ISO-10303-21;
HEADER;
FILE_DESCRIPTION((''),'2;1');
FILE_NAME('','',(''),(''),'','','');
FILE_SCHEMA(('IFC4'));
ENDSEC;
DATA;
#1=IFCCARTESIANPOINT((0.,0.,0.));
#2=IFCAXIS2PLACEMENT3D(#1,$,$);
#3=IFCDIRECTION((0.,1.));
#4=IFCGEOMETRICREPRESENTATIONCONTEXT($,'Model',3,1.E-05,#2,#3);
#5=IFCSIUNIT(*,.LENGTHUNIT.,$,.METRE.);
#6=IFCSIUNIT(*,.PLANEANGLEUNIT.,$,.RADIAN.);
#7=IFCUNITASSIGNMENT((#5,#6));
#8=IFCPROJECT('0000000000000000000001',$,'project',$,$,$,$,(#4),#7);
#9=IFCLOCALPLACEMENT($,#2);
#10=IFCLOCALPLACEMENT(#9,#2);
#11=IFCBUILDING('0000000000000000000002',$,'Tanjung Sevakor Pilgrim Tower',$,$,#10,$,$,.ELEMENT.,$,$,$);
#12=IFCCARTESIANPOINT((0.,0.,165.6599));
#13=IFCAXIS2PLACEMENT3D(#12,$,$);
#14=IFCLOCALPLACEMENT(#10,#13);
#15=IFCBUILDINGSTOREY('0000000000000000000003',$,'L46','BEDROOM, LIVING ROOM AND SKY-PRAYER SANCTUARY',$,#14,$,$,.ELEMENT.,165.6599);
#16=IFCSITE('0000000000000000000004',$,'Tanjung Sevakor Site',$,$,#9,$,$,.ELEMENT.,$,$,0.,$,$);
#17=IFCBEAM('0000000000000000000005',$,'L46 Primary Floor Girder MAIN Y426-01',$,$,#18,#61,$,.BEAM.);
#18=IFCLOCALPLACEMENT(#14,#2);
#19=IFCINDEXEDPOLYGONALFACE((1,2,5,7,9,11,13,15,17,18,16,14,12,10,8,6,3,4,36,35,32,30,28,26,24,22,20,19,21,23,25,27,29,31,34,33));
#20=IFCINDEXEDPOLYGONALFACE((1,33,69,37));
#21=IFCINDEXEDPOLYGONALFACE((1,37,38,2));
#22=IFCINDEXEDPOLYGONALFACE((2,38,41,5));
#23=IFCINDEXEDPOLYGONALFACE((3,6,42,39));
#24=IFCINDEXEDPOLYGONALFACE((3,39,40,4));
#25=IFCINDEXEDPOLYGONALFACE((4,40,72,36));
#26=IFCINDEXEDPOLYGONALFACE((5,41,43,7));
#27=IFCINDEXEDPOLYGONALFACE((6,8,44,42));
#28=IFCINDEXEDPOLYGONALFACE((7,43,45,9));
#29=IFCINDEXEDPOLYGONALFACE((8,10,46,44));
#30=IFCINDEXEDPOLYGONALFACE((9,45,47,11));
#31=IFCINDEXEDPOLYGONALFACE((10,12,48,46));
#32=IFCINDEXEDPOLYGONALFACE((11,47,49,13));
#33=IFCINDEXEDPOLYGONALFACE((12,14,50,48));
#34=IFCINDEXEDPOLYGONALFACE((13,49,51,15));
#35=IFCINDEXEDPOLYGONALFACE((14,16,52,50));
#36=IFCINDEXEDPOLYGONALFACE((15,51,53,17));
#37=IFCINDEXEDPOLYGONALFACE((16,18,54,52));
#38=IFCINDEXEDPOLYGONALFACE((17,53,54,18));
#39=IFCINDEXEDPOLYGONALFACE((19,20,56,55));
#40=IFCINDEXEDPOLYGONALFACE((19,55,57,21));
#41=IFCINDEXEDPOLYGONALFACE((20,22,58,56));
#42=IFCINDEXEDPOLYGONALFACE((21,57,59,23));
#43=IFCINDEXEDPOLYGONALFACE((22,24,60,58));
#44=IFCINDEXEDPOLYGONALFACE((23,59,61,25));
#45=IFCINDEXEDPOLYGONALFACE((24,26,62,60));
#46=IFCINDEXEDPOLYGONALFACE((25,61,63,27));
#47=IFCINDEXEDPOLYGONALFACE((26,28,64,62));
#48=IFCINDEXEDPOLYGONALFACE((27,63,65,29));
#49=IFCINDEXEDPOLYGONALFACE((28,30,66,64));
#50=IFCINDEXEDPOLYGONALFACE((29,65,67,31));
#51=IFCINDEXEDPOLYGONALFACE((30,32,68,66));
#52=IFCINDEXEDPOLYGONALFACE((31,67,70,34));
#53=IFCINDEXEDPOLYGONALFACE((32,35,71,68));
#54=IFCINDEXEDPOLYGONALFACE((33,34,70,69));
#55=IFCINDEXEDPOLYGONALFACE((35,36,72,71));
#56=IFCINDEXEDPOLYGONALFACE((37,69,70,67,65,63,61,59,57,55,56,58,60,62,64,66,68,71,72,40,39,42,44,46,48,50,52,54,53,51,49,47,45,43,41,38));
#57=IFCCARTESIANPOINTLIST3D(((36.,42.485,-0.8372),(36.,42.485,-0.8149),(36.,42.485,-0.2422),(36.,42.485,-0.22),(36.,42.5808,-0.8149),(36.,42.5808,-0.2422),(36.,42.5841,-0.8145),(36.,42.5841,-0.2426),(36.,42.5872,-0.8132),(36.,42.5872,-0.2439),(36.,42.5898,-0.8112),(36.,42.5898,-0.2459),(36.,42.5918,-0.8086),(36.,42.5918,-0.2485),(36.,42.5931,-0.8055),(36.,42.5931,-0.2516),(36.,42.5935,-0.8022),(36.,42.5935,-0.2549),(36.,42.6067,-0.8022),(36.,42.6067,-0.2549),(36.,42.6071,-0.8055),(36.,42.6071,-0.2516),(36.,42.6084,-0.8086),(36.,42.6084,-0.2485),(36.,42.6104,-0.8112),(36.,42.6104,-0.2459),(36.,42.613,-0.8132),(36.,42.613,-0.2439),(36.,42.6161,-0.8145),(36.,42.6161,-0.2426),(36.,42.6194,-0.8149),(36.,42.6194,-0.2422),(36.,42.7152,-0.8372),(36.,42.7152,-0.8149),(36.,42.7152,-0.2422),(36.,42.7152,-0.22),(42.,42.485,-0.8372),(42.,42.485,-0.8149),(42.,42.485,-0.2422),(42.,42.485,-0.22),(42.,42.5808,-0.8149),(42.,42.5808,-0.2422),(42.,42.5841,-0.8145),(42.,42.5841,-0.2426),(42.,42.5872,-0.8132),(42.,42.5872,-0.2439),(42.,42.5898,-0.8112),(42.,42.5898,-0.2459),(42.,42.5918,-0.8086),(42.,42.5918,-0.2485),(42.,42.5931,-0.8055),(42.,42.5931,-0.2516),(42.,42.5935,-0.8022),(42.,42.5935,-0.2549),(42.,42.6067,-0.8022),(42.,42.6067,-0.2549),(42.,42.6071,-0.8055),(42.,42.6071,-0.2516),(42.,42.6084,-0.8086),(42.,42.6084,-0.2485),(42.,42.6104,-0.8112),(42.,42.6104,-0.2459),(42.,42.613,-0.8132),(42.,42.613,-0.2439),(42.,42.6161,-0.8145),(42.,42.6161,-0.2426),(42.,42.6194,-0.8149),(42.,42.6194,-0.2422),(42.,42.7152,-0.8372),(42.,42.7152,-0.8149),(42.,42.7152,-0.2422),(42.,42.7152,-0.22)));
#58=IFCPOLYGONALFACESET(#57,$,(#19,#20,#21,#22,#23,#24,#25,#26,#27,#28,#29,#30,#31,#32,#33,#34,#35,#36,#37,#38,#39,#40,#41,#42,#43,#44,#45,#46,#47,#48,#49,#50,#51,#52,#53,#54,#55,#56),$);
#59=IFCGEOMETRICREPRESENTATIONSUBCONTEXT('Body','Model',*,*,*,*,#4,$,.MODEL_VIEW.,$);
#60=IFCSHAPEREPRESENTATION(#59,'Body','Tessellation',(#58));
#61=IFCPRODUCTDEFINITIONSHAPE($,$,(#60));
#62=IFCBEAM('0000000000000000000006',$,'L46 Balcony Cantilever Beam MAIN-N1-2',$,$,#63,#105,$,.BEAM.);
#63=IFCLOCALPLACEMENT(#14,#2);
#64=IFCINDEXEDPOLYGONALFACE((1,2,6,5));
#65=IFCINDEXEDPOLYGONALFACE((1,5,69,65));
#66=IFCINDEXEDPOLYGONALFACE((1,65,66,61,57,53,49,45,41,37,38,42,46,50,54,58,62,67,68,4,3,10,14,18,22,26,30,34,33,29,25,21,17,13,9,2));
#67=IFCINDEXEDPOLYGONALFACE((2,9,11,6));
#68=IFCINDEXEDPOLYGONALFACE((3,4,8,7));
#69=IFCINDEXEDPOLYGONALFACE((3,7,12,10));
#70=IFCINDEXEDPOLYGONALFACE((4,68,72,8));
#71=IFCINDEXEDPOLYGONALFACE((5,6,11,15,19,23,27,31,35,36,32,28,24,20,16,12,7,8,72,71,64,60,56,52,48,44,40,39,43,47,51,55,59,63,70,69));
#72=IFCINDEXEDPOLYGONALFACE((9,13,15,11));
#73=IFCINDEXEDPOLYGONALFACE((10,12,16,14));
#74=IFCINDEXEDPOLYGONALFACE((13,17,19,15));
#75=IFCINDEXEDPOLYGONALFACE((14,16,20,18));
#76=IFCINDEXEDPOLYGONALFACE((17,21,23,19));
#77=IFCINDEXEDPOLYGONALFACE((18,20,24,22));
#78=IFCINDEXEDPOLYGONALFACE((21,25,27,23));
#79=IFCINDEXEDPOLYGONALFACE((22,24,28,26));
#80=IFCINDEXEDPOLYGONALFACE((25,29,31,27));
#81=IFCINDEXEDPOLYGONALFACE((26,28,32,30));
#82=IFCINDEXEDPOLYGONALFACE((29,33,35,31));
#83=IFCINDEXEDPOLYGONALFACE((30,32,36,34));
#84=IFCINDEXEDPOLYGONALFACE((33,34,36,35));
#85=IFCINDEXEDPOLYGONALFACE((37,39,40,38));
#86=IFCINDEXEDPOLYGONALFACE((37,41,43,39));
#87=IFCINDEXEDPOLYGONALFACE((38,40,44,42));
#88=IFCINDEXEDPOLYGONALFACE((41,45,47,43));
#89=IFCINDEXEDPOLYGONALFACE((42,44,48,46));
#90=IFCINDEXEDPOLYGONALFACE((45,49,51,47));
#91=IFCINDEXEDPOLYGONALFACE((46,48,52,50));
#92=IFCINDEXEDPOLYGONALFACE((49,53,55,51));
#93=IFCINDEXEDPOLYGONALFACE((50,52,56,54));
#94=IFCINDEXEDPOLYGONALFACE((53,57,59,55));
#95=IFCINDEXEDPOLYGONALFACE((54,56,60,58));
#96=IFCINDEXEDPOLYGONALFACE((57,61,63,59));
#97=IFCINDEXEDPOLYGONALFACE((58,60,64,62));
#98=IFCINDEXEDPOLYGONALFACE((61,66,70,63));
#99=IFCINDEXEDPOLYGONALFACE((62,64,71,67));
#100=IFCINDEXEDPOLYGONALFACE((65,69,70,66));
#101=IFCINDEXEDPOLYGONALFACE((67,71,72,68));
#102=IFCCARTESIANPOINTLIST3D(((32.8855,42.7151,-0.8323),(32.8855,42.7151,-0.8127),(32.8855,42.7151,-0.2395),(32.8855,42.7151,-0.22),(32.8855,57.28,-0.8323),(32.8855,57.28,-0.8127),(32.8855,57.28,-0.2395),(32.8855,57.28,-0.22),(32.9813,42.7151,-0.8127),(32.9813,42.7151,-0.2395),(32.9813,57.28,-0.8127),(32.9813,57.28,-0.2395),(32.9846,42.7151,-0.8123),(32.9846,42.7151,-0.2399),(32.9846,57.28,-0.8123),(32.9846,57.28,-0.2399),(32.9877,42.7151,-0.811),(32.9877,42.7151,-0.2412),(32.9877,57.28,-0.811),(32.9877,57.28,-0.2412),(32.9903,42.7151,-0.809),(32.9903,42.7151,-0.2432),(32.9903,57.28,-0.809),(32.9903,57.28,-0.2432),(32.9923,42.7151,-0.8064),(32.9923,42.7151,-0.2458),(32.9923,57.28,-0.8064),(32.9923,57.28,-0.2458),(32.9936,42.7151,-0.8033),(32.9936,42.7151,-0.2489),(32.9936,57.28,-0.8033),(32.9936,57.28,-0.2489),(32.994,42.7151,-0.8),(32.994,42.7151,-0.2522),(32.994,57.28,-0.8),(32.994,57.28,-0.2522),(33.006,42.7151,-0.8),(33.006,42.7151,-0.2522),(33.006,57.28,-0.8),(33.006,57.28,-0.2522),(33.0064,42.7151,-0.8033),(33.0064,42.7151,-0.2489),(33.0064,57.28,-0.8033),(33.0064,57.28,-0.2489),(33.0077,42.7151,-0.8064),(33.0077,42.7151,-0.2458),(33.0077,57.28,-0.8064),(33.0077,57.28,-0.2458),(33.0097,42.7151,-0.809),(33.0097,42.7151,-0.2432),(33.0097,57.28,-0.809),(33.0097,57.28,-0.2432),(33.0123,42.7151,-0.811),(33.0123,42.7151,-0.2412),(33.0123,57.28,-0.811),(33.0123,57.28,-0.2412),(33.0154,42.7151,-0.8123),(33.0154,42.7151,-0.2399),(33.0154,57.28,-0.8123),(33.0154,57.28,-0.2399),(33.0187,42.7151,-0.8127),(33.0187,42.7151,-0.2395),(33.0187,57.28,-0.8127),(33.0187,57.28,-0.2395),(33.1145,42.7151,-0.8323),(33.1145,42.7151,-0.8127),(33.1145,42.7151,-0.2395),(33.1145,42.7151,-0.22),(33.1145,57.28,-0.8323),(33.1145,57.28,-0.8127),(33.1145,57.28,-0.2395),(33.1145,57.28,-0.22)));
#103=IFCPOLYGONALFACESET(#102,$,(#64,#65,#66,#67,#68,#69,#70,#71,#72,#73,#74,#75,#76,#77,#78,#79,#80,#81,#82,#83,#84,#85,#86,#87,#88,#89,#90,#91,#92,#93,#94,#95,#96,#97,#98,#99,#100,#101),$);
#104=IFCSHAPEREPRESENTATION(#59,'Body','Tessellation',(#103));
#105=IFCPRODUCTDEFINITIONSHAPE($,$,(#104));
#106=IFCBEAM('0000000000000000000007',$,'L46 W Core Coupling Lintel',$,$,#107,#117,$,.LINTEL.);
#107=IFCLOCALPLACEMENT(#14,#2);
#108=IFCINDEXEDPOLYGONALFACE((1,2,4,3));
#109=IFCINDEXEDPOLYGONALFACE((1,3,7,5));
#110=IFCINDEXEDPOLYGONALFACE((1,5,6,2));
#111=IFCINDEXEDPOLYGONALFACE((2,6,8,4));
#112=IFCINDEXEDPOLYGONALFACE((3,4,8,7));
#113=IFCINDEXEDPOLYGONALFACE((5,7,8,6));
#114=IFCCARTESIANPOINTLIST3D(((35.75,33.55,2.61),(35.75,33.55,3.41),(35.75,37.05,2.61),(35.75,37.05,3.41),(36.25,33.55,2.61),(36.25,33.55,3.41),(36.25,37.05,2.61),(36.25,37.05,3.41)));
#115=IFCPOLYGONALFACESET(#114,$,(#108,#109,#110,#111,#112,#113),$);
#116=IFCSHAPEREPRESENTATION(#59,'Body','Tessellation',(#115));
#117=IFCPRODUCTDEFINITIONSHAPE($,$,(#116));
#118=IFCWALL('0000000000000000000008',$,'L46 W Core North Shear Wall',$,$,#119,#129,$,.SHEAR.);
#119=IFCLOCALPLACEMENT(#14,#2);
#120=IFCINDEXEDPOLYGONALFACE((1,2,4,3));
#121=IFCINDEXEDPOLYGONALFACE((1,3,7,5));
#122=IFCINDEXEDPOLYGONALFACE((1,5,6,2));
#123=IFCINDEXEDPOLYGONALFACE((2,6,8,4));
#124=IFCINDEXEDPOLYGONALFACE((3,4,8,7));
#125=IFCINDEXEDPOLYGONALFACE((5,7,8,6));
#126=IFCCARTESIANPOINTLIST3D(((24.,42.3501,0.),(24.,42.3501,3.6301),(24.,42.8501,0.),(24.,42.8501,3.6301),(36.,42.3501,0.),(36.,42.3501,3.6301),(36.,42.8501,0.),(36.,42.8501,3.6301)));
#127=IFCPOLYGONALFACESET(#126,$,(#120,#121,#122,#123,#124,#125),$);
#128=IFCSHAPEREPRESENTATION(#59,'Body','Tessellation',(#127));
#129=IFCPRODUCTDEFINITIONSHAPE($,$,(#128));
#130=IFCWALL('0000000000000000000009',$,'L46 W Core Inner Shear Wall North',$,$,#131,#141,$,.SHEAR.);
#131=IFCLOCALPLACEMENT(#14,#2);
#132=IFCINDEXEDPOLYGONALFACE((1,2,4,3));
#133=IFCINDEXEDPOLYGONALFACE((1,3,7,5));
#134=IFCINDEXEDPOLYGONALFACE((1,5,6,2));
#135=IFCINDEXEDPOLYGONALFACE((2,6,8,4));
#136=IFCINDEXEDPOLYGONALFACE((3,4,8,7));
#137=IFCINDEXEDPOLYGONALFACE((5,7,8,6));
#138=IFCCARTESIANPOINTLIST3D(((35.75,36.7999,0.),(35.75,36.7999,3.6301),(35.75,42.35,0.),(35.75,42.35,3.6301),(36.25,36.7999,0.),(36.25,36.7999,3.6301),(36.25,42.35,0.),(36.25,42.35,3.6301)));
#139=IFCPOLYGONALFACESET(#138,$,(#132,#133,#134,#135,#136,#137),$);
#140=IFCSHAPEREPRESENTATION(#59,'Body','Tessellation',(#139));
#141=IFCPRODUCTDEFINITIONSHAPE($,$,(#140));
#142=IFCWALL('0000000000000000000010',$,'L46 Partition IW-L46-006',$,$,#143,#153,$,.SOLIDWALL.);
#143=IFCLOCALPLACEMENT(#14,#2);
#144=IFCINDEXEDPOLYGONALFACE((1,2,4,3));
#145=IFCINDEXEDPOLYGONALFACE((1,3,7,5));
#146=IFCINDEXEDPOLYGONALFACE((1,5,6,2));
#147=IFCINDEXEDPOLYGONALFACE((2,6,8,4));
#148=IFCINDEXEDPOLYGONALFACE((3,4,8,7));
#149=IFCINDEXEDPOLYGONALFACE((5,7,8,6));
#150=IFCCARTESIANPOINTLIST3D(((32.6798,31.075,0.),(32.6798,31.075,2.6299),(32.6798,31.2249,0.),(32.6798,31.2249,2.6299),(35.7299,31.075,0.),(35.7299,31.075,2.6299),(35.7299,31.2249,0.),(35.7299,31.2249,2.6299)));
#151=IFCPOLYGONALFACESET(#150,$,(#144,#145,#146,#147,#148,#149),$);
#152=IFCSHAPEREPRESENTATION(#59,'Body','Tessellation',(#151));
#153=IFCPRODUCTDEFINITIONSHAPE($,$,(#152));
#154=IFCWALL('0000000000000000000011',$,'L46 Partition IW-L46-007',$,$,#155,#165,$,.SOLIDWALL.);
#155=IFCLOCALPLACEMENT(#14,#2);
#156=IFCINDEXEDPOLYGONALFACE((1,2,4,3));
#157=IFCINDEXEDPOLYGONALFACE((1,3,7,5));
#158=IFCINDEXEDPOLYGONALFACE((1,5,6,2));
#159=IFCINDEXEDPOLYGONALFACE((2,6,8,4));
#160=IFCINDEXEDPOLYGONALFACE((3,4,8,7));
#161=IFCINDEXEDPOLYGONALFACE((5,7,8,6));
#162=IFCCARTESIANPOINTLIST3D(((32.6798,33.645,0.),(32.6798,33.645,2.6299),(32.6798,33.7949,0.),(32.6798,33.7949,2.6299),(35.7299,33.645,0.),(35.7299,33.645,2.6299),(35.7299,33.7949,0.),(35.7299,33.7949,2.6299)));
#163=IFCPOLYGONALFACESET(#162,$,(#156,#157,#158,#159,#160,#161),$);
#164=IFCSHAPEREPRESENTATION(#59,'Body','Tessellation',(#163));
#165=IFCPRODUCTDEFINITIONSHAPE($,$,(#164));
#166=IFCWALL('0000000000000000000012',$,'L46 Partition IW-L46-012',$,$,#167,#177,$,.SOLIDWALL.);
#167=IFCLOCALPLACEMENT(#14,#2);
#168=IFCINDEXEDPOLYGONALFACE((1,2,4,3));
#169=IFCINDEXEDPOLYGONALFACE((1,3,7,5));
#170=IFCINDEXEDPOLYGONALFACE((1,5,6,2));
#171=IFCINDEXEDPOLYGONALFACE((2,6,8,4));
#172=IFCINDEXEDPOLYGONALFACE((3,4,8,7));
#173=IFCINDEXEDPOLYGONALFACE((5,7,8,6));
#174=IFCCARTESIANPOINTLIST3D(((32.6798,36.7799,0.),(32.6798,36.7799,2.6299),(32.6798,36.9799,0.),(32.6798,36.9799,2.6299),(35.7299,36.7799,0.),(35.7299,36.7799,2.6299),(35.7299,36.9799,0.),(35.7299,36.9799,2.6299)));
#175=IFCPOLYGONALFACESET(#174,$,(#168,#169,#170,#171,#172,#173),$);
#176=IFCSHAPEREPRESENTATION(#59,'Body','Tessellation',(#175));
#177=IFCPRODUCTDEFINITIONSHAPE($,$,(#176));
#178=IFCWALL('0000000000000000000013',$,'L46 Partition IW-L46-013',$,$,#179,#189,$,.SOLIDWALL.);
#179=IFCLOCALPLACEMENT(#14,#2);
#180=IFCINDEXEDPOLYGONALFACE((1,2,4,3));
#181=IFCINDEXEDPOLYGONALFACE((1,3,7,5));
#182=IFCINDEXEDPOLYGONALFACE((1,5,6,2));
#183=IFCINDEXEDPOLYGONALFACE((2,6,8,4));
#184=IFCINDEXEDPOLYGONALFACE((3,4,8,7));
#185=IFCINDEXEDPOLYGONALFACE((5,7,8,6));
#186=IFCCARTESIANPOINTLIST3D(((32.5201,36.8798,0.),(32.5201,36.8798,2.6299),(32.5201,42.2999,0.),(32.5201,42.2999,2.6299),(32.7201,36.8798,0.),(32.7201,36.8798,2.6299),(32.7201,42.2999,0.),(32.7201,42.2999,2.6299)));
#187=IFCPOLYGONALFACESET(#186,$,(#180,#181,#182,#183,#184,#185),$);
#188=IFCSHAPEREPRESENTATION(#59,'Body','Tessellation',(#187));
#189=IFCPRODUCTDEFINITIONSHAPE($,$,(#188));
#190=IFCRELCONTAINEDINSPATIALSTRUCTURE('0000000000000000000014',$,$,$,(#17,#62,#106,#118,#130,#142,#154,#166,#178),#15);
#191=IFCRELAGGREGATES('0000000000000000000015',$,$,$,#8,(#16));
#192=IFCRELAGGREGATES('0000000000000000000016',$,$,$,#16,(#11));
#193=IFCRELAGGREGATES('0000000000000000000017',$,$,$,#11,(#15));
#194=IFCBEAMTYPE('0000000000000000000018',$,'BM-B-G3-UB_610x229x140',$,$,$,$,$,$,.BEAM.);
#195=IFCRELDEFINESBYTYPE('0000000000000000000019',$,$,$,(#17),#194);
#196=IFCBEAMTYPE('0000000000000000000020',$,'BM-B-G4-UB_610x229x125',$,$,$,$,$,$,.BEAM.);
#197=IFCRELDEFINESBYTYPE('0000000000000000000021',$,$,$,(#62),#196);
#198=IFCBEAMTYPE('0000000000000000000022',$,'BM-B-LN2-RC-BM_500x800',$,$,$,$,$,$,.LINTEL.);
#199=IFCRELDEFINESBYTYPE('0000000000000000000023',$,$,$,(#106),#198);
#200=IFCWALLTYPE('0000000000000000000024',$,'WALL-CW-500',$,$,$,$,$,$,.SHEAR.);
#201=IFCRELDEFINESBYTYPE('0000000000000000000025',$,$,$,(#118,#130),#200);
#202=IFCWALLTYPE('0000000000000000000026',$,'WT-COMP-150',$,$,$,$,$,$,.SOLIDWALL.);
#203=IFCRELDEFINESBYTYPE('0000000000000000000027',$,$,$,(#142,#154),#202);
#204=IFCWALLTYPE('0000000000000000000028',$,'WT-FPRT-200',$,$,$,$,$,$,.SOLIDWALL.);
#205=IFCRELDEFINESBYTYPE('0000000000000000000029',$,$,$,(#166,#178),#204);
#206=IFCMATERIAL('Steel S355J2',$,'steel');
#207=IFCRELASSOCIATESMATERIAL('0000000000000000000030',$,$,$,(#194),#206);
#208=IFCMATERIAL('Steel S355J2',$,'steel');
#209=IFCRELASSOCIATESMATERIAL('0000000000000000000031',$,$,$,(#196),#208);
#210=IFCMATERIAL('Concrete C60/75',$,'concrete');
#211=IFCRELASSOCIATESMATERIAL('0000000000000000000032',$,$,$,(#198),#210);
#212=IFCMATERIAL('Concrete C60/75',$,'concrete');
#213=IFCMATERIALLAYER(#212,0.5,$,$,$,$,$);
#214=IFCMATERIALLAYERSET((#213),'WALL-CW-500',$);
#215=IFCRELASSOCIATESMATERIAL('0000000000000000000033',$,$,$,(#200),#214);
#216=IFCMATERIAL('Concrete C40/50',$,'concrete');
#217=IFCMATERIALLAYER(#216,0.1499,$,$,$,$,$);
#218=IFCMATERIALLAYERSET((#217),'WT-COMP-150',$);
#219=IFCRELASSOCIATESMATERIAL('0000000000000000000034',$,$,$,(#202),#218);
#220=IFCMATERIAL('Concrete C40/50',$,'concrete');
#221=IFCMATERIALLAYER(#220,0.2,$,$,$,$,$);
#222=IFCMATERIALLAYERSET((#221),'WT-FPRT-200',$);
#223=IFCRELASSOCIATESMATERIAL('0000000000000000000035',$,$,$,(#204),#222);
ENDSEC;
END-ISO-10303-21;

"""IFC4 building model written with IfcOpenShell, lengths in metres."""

from ifc_helpers import new_model, si_unit, direction, frame, frame_2d, origin, origin_2d, place, context, subcontext, project, spatial, rectangle, i_section, extrude, material, layer, layer_set, material_profile, profile_set, type_object, element, save


model = new_model("IFC4")

# Units and contexts
model_context = context("Model", 3, precision=1e-05, world=origin(), true_north=direction((0.0, 1.0)))
body_context = subcontext(model_context, "Body", "Model", "MODEL_VIEW")
ifc_project = project(units=[si_unit("LENGTHUNIT", "METRE"), si_unit("PLANEANGLEUNIT", "RADIAN")], contexts=[model_context])

# Site, building, storey
site_placement = place(None, origin())
site = spatial("IfcSite", under=ifc_project, at=site_placement, Name="Tanjung Sevakor Site", CompositionType="ELEMENT", RefElevation=0.0)
building_placement = place(site_placement, origin())
building = spatial("IfcBuilding", under=site, at=building_placement, Name="Tanjung Sevakor Pilgrim Tower", CompositionType="ELEMENT")
storey_placement = place(building_placement, frame((0.0, 0.0, 165.6599)))
storey = spatial("IfcBuildingStorey", under=building, at=storey_placement, Name="L46", Description="BEDROOM, LIVING ROOM AND SKY-PRAYER SANCTUARY", CompositionType="ELEMENT", Elevation=165.6599)

# Beams
ifc_material_1 = material(Name="Steel S355J2", Category="steel")
ifc_material_profile_1 = material_profile(ifc_material_1, i_section(OverallWidth=0.2302, OverallDepth=0.6172, WebThickness=0.0132, FlangeThickness=0.0222, FilletRadius=0.0127, at=origin_2d()))
ifc_profile_set_1 = profile_set([ifc_material_profile_1], Name="Steel S355J2")
beam_type_1 = type_object("IfcBeamType", Name="BM-B-G3-UB_610x229x140", PredefinedType="BEAM", material=ifc_profile_set_1)
beam_1_placement = place(storey_placement, frame((36.0, 42.6001, -0.5286), z_axis=(1.0, 0.0, 0.0), x_axis=(0.0, 1.0, 0.0)))
element("IfcBeam", 1, at=beam_1_placement, inside=storey, type_object=beam_type_1, Name="L46 Primary Floor Girder MAIN Y426-01", PredefinedType="BEAM", context=body_context, shape_type="SweptSolid", body=[
    extrude(i_section(OverallWidth=0.2302, OverallDepth=0.6172, WebThickness=0.0132, FlangeThickness=0.0222, FilletRadius=0.0127, at=origin_2d()), origin(), (0.0, 0.0, 1.0), 6.0),
])
ifc_material_2 = material(Name="Steel S355J2", Category="steel")
ifc_material_profile_2 = material_profile(ifc_material_2, i_section(OverallWidth=0.229, OverallDepth=0.6123, WebThickness=0.012, FlangeThickness=0.0195, FilletRadius=0.0127, at=origin_2d()))
ifc_profile_set_2 = profile_set([ifc_material_profile_2], Name="Steel S355J2")
beam_type_2 = type_object("IfcBeamType", Name="BM-B-G4-UB_610x229x125", PredefinedType="BEAM", material=ifc_profile_set_2)
beam_2_placement = place(storey_placement, frame((33.0, 42.7151, -0.5261), z_axis=(0.0, 1.0, 0.0), x_axis=(-1.0, 0.0, 0.0)))
element("IfcBeam", 2, at=beam_2_placement, inside=storey, type_object=beam_type_2, Name="L46 Balcony Cantilever Beam MAIN-N1-2", PredefinedType="BEAM", context=body_context, shape_type="SweptSolid", body=[
    extrude(i_section(OverallWidth=0.229, OverallDepth=0.6123, WebThickness=0.012, FlangeThickness=0.0195, FilletRadius=0.0127, at=origin_2d()), origin(), (0.0, 0.0, 1.0), 14.5649),
])
ifc_material_3 = material(Name="Concrete C60/75", Category="concrete")
ifc_material_profile_3 = material_profile(ifc_material_3, rectangle(XDim=0.5, YDim=0.8, at=origin_2d()))
ifc_profile_set_3 = profile_set([ifc_material_profile_3], Name="Concrete C60/75")
beam_type_3 = type_object("IfcBeamType", Name="BM-B-LN2-RC-BM_500x800", PredefinedType="LINTEL", material=ifc_profile_set_3)
beam_3_placement = place(storey_placement, frame((36.0, 33.55, 3.01), z_axis=(0.0, 1.0, 0.0), x_axis=(-1.0, 0.0, 0.0)))
element("IfcBeam", 3, at=beam_3_placement, inside=storey, type_object=beam_type_3, Name="L46 W Core Coupling Lintel", PredefinedType="LINTEL", context=body_context, shape_type="SweptSolid", body=[
    extrude(rectangle(XDim=0.5, YDim=0.8, at=origin_2d()), origin(), (0.0, 0.0, 1.0), 3.5),
])

# Walls
ifc_material_4 = material(Name="Concrete C60/75", Category="concrete")
ifc_layer_1 = layer(ifc_material_4, 0.5)
ifc_layer_set_1 = layer_set([ifc_layer_1], Name="WALL-CW-500")
wall_type_1 = type_object("IfcWallType", Name="WALL-CW-500", PredefinedType="SHEAR", material=ifc_layer_set_1)
wall_1_placement = place(storey_placement, frame((36.0, 42.6001, 0.0), z_axis=(0.0, 0.0, 1.0), x_axis=(-1.0, 0.0, 0.0)))
element("IfcWall", 4, at=wall_1_placement, inside=storey, type_object=wall_type_1, Name="L46 W Core North Shear Wall", PredefinedType="SHEAR", context=body_context, shape_type="SweptSolid", body=[
    extrude(rectangle(XDim=12.0, YDim=0.5, at=frame_2d((6.0, 0.0))), origin(), (0.0, 0.0, 1.0), 3.6301),
])
wall_2_placement = place(storey_placement, frame((36.0, 36.8, 0.0), z_axis=(0.0, 0.0, 1.0), x_axis=(0.0, 1.0, 0.0)))
element("IfcWall", 5, at=wall_2_placement, inside=storey, type_object=wall_type_1, Name="L46 W Core Inner Shear Wall North", PredefinedType="SHEAR", context=body_context, shape_type="SweptSolid", body=[
    extrude(rectangle(XDim=5.55, YDim=0.5, at=frame_2d((2.7749, 0.0))), origin(), (0.0, 0.0, 1.0), 3.6301),
])

# Shared definitions
ifc_material_5 = material(Name="Concrete C40/50", Category="concrete")
ifc_layer_2 = layer(ifc_material_5, 0.1499)
ifc_layer_set_2 = layer_set([ifc_layer_2], Name="WT-COMP-150")
wall_type_2 = type_object("IfcWallType", Name="WT-COMP-150", PredefinedType="SOLIDWALL", material=ifc_layer_set_2)

# Walls
for number, where, z_axis, x_axis, name in (
    (6, (32.6799, 31.1499, 0.0), (0.0, 0.0, 1.0), (1.0, 0.0, 0.0), "L46 Partition IW-L46-006"),
    (7, (32.6799, 33.72, 0.0), (0.0, 0.0, 1.0), (1.0, 0.0, 0.0), "L46 Partition IW-L46-007"),
):
    element("IfcWall", number, at=place(storey_placement, frame(where, z_axis=z_axis, x_axis=x_axis)), inside=storey, type_object=wall_type_2, Name=name, PredefinedType="SOLIDWALL", context=body_context, shape_type="SweptSolid", body=[
        extrude(rectangle(XDim=3.05, YDim=0.1499, at=frame_2d((1.5249, 0.0))), origin(), (0.0, 0.0, 1.0), 2.6299),
    ])

# Walls
ifc_material_6 = material(Name="Concrete C40/50", Category="concrete")
ifc_layer_3 = layer(ifc_material_6, 0.2)
ifc_layer_set_3 = layer_set([ifc_layer_3], Name="WT-FPRT-200")
wall_type_3 = type_object("IfcWallType", Name="WT-FPRT-200", PredefinedType="SOLIDWALL", material=ifc_layer_set_3)
wall_3_placement = place(storey_placement, frame((32.6799, 36.8799, 0.0), z_axis=(0.0, 0.0, 1.0), x_axis=(1.0, 0.0, 0.0)))
element("IfcWall", 8, at=wall_3_placement, inside=storey, type_object=wall_type_3, Name="L46 Partition IW-L46-012", PredefinedType="SOLIDWALL", context=body_context, shape_type="SweptSolid", body=[
    extrude(rectangle(XDim=3.05, YDim=0.2, at=frame_2d((1.5249, 0.0))), origin(), (0.0, 0.0, 1.0), 2.6299),
])
wall_4_placement = place(storey_placement, frame((32.6201, 36.8799, 0.0), z_axis=(0.0, 0.0, 1.0), x_axis=(0.0, 1.0, 0.0)))
element("IfcWall", 9, at=wall_4_placement, inside=storey, type_object=wall_type_3, Name="L46 Partition IW-L46-013", PredefinedType="SOLIDWALL", context=body_context, shape_type="SweptSolid", body=[
    extrude(rectangle(XDim=5.4202, YDim=0.2, at=frame_2d((2.71, 0.0))), origin(), (0.0, 0.0, 1.0), 2.6299),
])

save(model, "model.ifc")
